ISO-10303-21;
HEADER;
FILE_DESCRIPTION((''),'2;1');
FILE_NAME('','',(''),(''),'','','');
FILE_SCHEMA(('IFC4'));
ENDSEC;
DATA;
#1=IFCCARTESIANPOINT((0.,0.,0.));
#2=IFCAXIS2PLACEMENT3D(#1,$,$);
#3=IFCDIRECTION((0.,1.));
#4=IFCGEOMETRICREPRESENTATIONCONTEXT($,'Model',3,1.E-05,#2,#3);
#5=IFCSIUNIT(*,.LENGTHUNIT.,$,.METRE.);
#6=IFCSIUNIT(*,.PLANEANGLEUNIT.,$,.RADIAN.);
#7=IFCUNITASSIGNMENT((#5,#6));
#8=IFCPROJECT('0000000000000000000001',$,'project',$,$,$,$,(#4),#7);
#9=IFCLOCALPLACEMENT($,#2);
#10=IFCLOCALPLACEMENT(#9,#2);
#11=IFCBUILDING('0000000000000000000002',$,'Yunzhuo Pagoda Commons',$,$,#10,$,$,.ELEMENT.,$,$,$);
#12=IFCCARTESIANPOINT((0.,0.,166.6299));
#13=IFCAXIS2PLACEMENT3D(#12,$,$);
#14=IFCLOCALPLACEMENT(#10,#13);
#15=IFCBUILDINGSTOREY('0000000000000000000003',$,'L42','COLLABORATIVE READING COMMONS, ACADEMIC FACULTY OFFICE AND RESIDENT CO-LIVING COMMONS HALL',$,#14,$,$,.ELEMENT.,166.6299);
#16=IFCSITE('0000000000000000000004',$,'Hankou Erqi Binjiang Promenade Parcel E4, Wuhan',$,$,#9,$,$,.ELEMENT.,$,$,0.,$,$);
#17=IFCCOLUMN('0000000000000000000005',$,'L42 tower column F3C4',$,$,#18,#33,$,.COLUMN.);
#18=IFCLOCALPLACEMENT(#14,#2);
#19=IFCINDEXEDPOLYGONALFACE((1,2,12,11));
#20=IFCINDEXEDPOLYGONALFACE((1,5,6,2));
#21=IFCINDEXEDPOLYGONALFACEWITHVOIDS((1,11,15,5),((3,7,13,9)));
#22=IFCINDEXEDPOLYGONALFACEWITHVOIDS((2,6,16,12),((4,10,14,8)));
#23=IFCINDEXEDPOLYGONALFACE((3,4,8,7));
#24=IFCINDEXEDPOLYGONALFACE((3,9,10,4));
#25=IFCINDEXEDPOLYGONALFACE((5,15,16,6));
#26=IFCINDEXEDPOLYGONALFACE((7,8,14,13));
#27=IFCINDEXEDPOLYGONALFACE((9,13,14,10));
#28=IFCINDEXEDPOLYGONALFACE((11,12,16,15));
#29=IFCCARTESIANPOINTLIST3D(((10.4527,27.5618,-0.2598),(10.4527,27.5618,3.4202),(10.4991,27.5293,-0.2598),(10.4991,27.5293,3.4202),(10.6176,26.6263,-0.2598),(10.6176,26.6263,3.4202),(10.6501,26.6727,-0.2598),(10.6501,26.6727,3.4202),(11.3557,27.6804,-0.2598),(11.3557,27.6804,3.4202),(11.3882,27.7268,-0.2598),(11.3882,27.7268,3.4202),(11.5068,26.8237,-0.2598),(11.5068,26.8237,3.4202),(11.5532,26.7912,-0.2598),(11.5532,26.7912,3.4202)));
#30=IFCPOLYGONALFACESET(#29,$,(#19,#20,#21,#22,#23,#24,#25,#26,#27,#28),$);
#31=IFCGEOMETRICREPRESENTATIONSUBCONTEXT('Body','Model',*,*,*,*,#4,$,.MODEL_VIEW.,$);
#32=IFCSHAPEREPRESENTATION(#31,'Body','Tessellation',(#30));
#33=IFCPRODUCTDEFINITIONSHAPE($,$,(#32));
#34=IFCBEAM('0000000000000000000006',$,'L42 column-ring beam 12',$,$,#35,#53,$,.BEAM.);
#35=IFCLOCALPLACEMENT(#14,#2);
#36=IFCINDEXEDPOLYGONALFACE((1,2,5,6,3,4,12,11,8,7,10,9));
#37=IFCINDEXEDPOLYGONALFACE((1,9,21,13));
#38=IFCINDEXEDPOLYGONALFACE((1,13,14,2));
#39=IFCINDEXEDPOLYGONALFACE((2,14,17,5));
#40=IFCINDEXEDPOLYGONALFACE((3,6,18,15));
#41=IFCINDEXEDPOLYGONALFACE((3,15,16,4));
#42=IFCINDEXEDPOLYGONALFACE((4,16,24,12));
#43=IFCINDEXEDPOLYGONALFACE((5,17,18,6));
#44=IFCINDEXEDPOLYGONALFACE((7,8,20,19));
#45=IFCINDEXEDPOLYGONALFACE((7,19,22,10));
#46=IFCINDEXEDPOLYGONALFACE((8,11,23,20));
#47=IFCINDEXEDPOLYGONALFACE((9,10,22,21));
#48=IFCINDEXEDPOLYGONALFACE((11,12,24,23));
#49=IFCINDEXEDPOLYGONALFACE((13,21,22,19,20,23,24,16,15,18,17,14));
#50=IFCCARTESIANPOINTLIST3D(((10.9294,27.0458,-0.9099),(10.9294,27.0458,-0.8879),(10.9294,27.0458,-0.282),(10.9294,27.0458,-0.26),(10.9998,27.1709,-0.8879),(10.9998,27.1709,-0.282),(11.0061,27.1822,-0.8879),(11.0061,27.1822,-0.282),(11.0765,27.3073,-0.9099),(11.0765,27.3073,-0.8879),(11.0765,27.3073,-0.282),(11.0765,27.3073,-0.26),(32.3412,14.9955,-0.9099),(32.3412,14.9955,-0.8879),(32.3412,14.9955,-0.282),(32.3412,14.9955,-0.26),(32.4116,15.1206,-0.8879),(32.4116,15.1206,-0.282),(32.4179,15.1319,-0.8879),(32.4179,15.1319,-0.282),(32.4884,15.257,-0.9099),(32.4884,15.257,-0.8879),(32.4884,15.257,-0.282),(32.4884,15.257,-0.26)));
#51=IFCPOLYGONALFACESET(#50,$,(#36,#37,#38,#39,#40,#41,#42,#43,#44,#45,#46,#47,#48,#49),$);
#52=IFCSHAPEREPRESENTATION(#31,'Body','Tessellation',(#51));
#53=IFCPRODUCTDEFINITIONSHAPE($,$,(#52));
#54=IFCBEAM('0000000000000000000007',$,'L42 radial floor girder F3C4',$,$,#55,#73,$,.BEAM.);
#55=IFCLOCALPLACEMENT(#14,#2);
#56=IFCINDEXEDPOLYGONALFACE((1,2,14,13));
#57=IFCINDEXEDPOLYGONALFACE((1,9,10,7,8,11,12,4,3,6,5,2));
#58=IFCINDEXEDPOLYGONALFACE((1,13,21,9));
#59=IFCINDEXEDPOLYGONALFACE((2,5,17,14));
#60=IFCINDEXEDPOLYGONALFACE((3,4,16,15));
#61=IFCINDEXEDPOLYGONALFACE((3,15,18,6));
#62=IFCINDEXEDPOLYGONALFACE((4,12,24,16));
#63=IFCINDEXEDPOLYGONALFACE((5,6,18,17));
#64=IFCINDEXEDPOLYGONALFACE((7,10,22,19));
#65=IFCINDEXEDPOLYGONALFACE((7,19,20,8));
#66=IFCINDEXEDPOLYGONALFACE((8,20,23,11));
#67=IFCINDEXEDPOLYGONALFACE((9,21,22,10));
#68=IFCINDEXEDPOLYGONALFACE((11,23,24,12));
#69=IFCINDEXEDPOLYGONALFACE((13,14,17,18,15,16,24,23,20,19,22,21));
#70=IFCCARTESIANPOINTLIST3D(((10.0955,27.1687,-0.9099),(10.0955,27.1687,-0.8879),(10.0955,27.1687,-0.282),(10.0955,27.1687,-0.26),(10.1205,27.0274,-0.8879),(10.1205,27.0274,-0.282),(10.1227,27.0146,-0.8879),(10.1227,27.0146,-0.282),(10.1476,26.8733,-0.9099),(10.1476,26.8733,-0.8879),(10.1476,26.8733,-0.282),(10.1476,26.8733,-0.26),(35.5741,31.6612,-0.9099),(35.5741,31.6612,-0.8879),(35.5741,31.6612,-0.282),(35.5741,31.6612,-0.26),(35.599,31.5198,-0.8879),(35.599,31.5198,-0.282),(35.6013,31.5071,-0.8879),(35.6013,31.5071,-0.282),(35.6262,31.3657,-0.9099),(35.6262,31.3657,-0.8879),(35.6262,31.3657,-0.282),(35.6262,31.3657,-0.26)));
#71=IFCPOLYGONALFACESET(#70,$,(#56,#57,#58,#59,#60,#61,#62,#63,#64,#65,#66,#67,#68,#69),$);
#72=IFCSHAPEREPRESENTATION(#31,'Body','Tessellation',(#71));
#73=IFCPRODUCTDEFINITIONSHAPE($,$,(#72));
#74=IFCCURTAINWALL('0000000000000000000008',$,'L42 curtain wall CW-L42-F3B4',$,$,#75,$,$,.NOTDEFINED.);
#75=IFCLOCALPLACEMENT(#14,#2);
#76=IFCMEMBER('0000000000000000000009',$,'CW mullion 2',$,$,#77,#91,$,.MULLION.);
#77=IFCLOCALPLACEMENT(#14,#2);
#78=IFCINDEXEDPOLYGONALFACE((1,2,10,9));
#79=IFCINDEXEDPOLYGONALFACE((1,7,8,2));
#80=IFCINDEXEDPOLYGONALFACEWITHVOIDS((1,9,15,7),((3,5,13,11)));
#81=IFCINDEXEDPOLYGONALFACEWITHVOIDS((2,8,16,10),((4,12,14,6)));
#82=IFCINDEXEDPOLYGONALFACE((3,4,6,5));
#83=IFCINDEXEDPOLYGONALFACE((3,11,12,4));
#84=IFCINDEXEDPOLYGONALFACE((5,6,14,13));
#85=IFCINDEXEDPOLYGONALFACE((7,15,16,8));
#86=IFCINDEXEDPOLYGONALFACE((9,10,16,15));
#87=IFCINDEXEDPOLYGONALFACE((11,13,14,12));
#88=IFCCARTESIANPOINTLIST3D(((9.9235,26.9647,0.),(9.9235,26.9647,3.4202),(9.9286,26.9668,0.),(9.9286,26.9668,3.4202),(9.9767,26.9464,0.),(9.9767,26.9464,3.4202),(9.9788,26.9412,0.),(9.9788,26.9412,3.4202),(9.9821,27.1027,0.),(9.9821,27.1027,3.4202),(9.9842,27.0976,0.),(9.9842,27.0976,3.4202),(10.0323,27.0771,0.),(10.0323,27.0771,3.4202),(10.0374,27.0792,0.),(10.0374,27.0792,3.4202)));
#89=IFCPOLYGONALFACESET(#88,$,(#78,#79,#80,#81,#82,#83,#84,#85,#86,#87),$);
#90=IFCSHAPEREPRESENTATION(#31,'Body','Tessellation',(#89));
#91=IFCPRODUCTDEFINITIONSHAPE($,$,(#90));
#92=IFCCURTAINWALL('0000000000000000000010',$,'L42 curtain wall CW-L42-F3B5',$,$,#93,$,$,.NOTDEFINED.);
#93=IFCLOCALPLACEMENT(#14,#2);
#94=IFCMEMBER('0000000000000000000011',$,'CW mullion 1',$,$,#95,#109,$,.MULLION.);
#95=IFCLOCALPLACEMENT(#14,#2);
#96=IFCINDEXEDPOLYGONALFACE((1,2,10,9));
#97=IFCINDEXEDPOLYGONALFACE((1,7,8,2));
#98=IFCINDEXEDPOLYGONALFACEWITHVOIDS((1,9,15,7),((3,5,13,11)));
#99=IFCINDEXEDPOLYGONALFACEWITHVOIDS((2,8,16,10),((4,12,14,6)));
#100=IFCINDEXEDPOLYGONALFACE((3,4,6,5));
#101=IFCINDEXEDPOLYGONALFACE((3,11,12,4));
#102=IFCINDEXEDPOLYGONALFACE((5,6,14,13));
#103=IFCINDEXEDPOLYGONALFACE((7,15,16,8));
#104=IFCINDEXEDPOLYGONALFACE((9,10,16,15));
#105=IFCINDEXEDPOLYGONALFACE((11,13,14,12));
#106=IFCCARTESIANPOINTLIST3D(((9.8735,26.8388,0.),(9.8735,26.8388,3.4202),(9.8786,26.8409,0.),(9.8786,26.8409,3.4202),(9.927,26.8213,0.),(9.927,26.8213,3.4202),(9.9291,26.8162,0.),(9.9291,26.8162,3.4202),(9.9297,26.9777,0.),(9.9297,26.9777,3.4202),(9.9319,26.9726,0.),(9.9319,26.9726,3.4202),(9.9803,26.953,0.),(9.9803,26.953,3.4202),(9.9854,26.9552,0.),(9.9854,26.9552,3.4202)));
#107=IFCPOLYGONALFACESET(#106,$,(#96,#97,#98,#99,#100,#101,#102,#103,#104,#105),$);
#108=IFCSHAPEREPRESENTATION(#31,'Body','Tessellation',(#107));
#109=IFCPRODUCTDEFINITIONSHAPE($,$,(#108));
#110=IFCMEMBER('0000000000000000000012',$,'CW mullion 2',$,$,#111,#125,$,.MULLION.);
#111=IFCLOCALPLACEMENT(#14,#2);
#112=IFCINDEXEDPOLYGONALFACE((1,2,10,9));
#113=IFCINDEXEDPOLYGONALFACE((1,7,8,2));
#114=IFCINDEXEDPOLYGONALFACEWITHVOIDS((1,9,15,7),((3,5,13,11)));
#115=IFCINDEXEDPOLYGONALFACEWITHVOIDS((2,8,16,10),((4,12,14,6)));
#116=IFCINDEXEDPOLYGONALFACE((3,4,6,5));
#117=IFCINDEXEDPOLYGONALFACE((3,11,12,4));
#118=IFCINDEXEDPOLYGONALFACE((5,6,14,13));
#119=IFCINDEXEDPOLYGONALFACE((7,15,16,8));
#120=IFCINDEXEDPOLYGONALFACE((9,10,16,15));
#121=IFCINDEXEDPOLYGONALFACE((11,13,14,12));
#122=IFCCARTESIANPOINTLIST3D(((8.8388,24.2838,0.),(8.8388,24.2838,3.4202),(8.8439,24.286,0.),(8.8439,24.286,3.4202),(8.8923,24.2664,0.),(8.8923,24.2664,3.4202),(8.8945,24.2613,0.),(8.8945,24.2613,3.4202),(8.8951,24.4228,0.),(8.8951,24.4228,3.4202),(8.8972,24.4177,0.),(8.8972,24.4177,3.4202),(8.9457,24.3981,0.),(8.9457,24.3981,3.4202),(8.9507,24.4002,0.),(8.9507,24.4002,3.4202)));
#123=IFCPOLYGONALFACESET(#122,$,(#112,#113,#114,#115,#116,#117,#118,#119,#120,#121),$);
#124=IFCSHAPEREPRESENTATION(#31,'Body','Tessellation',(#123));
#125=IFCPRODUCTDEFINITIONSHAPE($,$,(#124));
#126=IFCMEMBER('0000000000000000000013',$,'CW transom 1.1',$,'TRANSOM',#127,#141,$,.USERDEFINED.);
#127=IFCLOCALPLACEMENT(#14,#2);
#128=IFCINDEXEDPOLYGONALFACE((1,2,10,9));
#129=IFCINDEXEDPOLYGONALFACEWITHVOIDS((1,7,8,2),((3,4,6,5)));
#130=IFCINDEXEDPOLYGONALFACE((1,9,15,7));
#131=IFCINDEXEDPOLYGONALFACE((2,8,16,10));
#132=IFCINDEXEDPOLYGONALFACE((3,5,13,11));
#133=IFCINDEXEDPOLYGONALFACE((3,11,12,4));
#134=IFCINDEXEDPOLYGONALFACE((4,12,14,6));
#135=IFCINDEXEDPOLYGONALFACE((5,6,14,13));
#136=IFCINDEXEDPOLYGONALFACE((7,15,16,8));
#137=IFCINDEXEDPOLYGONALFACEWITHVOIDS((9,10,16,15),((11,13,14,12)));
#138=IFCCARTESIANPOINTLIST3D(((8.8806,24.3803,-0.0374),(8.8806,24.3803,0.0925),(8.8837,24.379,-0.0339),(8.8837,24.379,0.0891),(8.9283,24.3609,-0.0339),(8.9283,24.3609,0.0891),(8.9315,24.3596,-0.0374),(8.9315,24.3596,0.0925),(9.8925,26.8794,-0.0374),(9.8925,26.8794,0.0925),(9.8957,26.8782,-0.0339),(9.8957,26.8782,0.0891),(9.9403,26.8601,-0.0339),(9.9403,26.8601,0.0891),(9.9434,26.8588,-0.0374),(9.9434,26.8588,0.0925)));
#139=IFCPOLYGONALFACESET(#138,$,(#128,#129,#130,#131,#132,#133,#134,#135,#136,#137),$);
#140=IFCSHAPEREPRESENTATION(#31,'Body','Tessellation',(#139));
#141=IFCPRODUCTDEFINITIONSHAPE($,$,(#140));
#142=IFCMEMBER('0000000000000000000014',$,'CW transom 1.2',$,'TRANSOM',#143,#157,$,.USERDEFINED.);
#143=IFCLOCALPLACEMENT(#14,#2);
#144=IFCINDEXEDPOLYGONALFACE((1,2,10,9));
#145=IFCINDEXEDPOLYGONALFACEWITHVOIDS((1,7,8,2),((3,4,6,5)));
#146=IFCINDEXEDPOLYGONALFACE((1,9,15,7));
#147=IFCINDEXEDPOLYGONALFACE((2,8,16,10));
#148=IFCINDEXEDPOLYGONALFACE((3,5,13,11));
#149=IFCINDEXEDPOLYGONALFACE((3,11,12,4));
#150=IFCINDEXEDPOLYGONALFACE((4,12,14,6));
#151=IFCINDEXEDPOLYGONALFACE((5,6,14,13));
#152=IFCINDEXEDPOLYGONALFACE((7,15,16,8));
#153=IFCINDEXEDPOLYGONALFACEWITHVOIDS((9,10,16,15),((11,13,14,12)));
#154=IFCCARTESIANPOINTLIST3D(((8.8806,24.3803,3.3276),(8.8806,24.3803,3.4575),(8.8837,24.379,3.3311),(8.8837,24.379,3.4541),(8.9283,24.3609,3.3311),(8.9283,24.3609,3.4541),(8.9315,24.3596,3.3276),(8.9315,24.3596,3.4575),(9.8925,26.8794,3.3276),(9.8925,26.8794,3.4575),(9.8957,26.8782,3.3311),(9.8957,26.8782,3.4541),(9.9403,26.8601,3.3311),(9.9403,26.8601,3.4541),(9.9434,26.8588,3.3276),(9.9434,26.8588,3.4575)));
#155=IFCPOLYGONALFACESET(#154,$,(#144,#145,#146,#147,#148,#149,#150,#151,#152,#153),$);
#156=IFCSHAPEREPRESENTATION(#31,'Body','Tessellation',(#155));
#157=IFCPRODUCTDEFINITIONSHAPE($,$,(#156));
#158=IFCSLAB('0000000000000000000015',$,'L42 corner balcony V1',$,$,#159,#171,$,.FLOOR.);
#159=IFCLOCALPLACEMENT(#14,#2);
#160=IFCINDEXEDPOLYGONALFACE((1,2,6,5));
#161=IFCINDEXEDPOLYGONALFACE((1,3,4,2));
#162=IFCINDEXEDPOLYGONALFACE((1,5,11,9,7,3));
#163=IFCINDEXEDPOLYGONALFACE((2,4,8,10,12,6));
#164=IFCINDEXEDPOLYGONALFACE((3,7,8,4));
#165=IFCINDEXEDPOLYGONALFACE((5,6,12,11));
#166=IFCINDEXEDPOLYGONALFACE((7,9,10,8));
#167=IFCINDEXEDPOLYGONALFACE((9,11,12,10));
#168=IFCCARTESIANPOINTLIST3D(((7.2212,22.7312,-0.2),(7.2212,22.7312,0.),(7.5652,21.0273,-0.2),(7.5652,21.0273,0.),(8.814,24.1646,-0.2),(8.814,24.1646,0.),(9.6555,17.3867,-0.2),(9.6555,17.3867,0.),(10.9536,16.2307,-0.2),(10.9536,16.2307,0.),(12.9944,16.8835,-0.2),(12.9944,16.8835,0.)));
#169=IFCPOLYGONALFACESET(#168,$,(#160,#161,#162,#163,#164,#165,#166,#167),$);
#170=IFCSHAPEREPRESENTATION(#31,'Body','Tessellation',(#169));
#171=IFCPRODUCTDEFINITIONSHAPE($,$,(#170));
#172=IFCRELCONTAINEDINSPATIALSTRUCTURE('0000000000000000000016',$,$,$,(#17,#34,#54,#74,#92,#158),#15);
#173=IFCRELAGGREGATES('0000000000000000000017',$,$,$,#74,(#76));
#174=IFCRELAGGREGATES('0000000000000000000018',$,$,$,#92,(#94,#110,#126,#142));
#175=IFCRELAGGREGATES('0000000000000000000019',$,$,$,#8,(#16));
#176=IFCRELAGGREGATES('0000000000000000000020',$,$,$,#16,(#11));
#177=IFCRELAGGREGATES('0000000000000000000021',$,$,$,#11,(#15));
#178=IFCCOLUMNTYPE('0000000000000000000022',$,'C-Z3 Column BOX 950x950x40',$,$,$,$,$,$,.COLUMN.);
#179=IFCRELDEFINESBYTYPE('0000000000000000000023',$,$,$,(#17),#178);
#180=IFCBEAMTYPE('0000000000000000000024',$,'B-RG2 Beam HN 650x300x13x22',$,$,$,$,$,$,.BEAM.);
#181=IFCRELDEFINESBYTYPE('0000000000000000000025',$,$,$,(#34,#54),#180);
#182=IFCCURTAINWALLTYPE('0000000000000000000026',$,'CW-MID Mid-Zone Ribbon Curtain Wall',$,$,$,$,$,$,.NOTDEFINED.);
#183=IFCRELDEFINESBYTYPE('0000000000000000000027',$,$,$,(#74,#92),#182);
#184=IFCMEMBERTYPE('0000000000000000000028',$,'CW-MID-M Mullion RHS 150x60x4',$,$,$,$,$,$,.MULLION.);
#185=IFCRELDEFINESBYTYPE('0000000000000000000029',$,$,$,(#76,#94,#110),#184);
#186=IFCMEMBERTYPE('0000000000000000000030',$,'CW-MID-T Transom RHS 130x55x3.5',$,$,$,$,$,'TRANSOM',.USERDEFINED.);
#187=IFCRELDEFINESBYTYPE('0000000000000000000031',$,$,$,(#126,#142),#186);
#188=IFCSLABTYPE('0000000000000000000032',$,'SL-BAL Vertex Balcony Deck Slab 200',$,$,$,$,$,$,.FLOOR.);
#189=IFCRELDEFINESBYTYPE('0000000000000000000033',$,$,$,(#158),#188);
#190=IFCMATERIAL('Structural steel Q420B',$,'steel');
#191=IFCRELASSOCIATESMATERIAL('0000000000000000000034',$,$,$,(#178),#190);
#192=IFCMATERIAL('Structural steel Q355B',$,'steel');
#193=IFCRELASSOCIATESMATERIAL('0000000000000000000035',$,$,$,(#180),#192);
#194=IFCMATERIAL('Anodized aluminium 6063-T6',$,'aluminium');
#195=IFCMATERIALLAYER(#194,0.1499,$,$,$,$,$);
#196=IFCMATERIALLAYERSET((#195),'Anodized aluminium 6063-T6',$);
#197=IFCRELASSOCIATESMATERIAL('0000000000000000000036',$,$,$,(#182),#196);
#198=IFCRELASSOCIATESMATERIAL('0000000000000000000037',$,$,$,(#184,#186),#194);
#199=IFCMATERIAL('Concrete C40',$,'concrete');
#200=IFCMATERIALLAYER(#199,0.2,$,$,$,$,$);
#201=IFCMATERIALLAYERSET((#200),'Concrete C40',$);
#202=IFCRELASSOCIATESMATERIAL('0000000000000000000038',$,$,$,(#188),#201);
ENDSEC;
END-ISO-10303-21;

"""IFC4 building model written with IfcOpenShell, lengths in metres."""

from ifc_helpers import new_model, si_unit, direction, frame, origin, origin_2d, place, context, subcontext, project, spatial, polyline, hollow_rectangle, i_section, outline, extrude, source, transform, mapped, material, layer, layer_set, material_profile, profile_set, type_object, element, aggregate, save


model = new_model("IFC4")

# Units and contexts
model_context = context("Model", 3, precision=1e-05, world=origin(), true_north=direction((0.0, 1.0)))
body_context = subcontext(model_context, "Body", "Model", "MODEL_VIEW")
ifc_project = project(units=[si_unit("LENGTHUNIT", "METRE"), si_unit("PLANEANGLEUNIT", "RADIAN")], contexts=[model_context])

# Site, building, storey
site_placement = place(None, origin())
site = spatial("IfcSite", under=ifc_project, at=site_placement, Name="Hankou Erqi Binjiang Promenade Parcel E4, Wuhan", CompositionType="ELEMENT", RefElevation=0.0)
building_placement = place(site_placement, origin())
building = spatial("IfcBuilding", under=site, at=building_placement, Name="Yunzhuo Pagoda Commons", CompositionType="ELEMENT")
storey_placement = place(building_placement, frame((0.0, 0.0, 166.6299)))
storey = spatial("IfcBuildingStorey", under=building, at=storey_placement, Name="L42", Description="COLLABORATIVE READING COMMONS, ACADEMIC FACULTY OFFICE AND RESIDENT CO-LIVING COMMONS HALL", CompositionType="ELEMENT", Elevation=166.6299)

# Column
ifc_material_1 = material(Name="Structural steel Q420B", Category="steel")
ifc_material_profile_1 = material_profile(ifc_material_1, hollow_rectangle(XDim=0.95, YDim=0.95, WallThickness=0.04, at=origin_2d()), Name="Structural steel Q420B")
ifc_profile_set_1 = profile_set([ifc_material_profile_1], Name="Structural steel Q420B")
column_type = type_object("IfcColumnType", Name="C-Z3 Column BOX 950x950x40", PredefinedType="COLUMN", material=ifc_profile_set_1)
shared_shape_1 = source(origin(), body_context, "Body", "SweptSolid", [
    extrude(hollow_rectangle(XDim=0.95, YDim=0.95, WallThickness=0.04, at=origin_2d()), origin(), (0.0, 0.0, 1.0), 3.6799),
])
column_placement = place(storey_placement, frame((11.0029, 27.1765, -0.2598), z_axis=(0.0, 0.0, 1.0), x_axis=(0.173648, -0.984808, 0.0)))
element("IfcColumn", 1, at=column_placement, inside=storey, type_object=column_type, Name="L42 tower column F3C4", PredefinedType="COLUMN", context=body_context, shape_type="MappedRepresentation", body=[
    mapped(shared_shape_1, transform((0.0, 0.0, 0.0), scale=1.0)),
])

# Beams
ifc_material_2 = material(Name="Structural steel Q355B", Category="steel")
ifc_material_profile_2 = material_profile(ifc_material_2, i_section(OverallWidth=0.3, OverallDepth=0.6499, WebThickness=0.0129, FlangeThickness=0.022, at=origin_2d()), Name="Structural steel Q355B")
ifc_profile_set_2 = profile_set([ifc_material_profile_2], Name="Structural steel Q355B")
beam_type = type_object("IfcBeamType", Name="B-RG2 Beam HN 650x300x13x22", PredefinedType="BEAM", material=ifc_profile_set_2)
shared_shape_2 = source(origin(), body_context, "Body", "SweptSolid", [
    extrude(i_section(OverallWidth=0.3, OverallDepth=0.6499, WebThickness=0.0129, FlangeThickness=0.022, at=origin_2d()), origin(), (0.0, 0.0, 1.0), 24.5698),
])
beam_1_placement = place(storey_placement, frame((11.0029, 27.1765, -0.585), z_axis=(0.871469, -0.49045, 0.0), x_axis=(0.49045, 0.871469, 0.0)))
element("IfcBeam", 2, at=beam_1_placement, inside=storey, type_object=beam_type, Name="L42 column-ring beam 12", PredefinedType="BEAM", context=body_context, shape_type="MappedRepresentation", body=[
    mapped(shared_shape_2, transform((0.0, 0.0, 0.0), scale=1.0)),
])
shared_shape_3 = source(origin(), body_context, "Body", "SweptSolid", [
    extrude(i_section(OverallWidth=0.3, OverallDepth=0.6499, WebThickness=0.0129, FlangeThickness=0.022, at=origin_2d()), origin(), (0.0, 0.0, 1.0), 25.8716),
])
beam_2_placement = place(storey_placement, frame((10.1216, 27.021, -0.585), z_axis=(0.984809, 0.173644, 0.0), x_axis=(-0.173644, 0.984809, 0.0)))
element("IfcBeam", 3, at=beam_2_placement, inside=storey, type_object=beam_type, Name="L42 radial floor girder F3C4", PredefinedType="BEAM", context=body_context, shape_type="MappedRepresentation", body=[
    mapped(shared_shape_3, transform((0.0, 0.0, 0.0), scale=1.0)),
])

# Curtain wall, member
ifc_material_3 = material(Name="Anodized aluminium 6063-T6", Category="aluminium")
ifc_layer_1 = layer(ifc_material_3, 0.1499)
ifc_layer_set_1 = layer_set([ifc_layer_1], Name="Anodized aluminium 6063-T6")
curtain_wall_type = type_object("IfcCurtainWallType", Name="CW-MID Mid-Zone Ribbon Curtain Wall", PredefinedType="NOTDEFINED", material=ifc_layer_set_1)
curtain_wall_1_placement = place(storey_placement, origin())
curtain_wall_1 = element("IfcCurtainWall", 4, at=curtain_wall_1_placement, inside=storey, type_object=curtain_wall_type, Name="L42 curtain wall CW-L42-F3B4", PredefinedType="NOTDEFINED")
ifc_material_profile_3 = material_profile(ifc_material_3, hollow_rectangle(XDim=0.0601, YDim=0.1499, WallThickness=0.0039, at=origin_2d()), Name="Anodized aluminium 6063-T6")
ifc_profile_set_3 = profile_set([ifc_material_profile_3], Name="Anodized aluminium 6063-T6")
member_type_1 = type_object("IfcMemberType", Name="CW-MID-M Mullion RHS 150x60x4", PredefinedType="MULLION", material=ifc_profile_set_3)
shared_shape_4 = source(origin(), body_context, "Body", "SweptSolid", [
    extrude(hollow_rectangle(XDim=0.0601, YDim=0.1499, WallThickness=0.0039, at=origin_2d()), origin(), (0.0, 0.0, 1.0), 3.4202),
])
member_1_placement = place(storey_placement, frame((9.9805, 27.022, 0.0), z_axis=(0.0, 0.0, 1.0), x_axis=(0.920364, -0.391063, 0.0)))
member_1 = element("IfcMember", 5, at=member_1_placement, type_object=member_type_1, Name="CW mullion 2", PredefinedType="MULLION", context=body_context, shape_type="MappedRepresentation", body=[
    mapped(shared_shape_4, transform((0.0, 0.0, 0.0), scale=1.0)),
])
aggregate(curtain_wall_1, [member_1])

# Curtain wall, members
curtain_wall_2_placement = place(storey_placement, origin())
curtain_wall_2 = element("IfcCurtainWall", 6, at=curtain_wall_2_placement, inside=storey, type_object=curtain_wall_type, Name="L42 curtain wall CW-L42-F3B5", PredefinedType="NOTDEFINED")
member_2_placement = place(storey_placement, frame((9.9294, 26.897, 0.0), z_axis=(0.0, 0.0, 1.0), x_axis=(0.926896, -0.375318, 0.0)))
member_2 = element("IfcMember", 7, at=member_2_placement, type_object=member_type_1, Name="CW mullion 1", PredefinedType="MULLION", context=body_context, shape_type="MappedRepresentation", body=[
    mapped(shared_shape_4, transform((0.0, 0.0, 0.0), scale=1.0)),
])
member_3_placement = place(storey_placement, frame((8.8948, 24.342, 0.0), z_axis=(0.0, 0.0, 1.0), x_axis=(0.926896, -0.375318, 0.0)))
member_3 = element("IfcMember", 8, at=member_3_placement, type_object=member_type_1, Name="CW mullion 2", PredefinedType="MULLION", context=body_context, shape_type="MappedRepresentation", body=[
    mapped(shared_shape_4, transform((0.0, 0.0, 0.0), scale=1.0)),
])
ifc_material_profile_4 = material_profile(ifc_material_3, hollow_rectangle(XDim=0.0549, YDim=0.1299, WallThickness=0.0034, at=origin_2d()), Name="Anodized aluminium 6063-T6")
ifc_profile_set_4 = profile_set([ifc_material_profile_4], Name="Anodized aluminium 6063-T6")
member_type_2 = type_object("IfcMemberType", Name="CW-MID-T Transom RHS 130x55x3.5", ElementType="TRANSOM", PredefinedType="USERDEFINED", material=ifc_profile_set_4)
shared_shape_5 = source(origin(), body_context, "Body", "SweptSolid", [
    extrude(hollow_rectangle(XDim=0.0549, YDim=0.1299, WallThickness=0.0034, at=origin_2d()), origin(), (0.0, 0.0, 1.0), 2.6963),
])
member_4_placement = place(storey_placement, frame((9.918, 26.8691, 0.0276), z_axis=(-0.375306, -0.926901, 0.0), x_axis=(0.926901, -0.375306, 0.0)))
member_4 = element("IfcMember", 9, at=member_4_placement, type_object=member_type_2, Name="CW transom 1.1", ObjectType="TRANSOM", PredefinedType="USERDEFINED", context=body_context, shape_type="MappedRepresentation", body=[
    mapped(shared_shape_5, transform((0.0, 0.0, 0.0), scale=1.0)),
])
member_5_placement = place(storey_placement, frame((9.918, 26.8691, 3.3926), z_axis=(-0.375306, -0.926901, 0.0), x_axis=(0.926901, -0.375306, 0.0)))
member_5 = element("IfcMember", 10, at=member_5_placement, type_object=member_type_2, Name="CW transom 1.2", ObjectType="TRANSOM", PredefinedType="USERDEFINED", context=body_context, shape_type="MappedRepresentation", body=[
    mapped(shared_shape_5, transform((0.0, 0.0, 0.0), scale=1.0)),
])

# Slab
ifc_material_4 = material(Name="Concrete C40", Category="concrete")
ifc_layer_2 = layer(ifc_material_4, 0.2)
ifc_layer_set_2 = layer_set([ifc_layer_2], Name="Concrete C40")
slab_type_1 = type_object("IfcSlabType", Name="SL-BAL Vertex Balcony Deck Slab 200", PredefinedType="FLOOR", material=ifc_layer_set_2)
slab_1_placement = place(storey_placement, frame((0.0, 0.0, -0.2)))
element("IfcSlab", 11, at=slab_1_placement, inside=storey, type_object=slab_type_1, Name="L42 corner balcony V1", PredefinedType="FLOOR", context=body_context, shape_type="SweptSolid", body=[
    extrude(outline(polyline([(8.814, 24.1646), (12.9944, 16.8835), (10.9536, 16.2307), (9.6555, 17.3867), (7.5652, 21.0273), (7.2212, 22.7312), (8.814, 24.1646)])), origin(), (0.0, 0.0, 1.0), 0.2),
])

aggregate(curtain_wall_2, [member_2, member_3, member_4, member_5])

save(model, "model.ifc")
